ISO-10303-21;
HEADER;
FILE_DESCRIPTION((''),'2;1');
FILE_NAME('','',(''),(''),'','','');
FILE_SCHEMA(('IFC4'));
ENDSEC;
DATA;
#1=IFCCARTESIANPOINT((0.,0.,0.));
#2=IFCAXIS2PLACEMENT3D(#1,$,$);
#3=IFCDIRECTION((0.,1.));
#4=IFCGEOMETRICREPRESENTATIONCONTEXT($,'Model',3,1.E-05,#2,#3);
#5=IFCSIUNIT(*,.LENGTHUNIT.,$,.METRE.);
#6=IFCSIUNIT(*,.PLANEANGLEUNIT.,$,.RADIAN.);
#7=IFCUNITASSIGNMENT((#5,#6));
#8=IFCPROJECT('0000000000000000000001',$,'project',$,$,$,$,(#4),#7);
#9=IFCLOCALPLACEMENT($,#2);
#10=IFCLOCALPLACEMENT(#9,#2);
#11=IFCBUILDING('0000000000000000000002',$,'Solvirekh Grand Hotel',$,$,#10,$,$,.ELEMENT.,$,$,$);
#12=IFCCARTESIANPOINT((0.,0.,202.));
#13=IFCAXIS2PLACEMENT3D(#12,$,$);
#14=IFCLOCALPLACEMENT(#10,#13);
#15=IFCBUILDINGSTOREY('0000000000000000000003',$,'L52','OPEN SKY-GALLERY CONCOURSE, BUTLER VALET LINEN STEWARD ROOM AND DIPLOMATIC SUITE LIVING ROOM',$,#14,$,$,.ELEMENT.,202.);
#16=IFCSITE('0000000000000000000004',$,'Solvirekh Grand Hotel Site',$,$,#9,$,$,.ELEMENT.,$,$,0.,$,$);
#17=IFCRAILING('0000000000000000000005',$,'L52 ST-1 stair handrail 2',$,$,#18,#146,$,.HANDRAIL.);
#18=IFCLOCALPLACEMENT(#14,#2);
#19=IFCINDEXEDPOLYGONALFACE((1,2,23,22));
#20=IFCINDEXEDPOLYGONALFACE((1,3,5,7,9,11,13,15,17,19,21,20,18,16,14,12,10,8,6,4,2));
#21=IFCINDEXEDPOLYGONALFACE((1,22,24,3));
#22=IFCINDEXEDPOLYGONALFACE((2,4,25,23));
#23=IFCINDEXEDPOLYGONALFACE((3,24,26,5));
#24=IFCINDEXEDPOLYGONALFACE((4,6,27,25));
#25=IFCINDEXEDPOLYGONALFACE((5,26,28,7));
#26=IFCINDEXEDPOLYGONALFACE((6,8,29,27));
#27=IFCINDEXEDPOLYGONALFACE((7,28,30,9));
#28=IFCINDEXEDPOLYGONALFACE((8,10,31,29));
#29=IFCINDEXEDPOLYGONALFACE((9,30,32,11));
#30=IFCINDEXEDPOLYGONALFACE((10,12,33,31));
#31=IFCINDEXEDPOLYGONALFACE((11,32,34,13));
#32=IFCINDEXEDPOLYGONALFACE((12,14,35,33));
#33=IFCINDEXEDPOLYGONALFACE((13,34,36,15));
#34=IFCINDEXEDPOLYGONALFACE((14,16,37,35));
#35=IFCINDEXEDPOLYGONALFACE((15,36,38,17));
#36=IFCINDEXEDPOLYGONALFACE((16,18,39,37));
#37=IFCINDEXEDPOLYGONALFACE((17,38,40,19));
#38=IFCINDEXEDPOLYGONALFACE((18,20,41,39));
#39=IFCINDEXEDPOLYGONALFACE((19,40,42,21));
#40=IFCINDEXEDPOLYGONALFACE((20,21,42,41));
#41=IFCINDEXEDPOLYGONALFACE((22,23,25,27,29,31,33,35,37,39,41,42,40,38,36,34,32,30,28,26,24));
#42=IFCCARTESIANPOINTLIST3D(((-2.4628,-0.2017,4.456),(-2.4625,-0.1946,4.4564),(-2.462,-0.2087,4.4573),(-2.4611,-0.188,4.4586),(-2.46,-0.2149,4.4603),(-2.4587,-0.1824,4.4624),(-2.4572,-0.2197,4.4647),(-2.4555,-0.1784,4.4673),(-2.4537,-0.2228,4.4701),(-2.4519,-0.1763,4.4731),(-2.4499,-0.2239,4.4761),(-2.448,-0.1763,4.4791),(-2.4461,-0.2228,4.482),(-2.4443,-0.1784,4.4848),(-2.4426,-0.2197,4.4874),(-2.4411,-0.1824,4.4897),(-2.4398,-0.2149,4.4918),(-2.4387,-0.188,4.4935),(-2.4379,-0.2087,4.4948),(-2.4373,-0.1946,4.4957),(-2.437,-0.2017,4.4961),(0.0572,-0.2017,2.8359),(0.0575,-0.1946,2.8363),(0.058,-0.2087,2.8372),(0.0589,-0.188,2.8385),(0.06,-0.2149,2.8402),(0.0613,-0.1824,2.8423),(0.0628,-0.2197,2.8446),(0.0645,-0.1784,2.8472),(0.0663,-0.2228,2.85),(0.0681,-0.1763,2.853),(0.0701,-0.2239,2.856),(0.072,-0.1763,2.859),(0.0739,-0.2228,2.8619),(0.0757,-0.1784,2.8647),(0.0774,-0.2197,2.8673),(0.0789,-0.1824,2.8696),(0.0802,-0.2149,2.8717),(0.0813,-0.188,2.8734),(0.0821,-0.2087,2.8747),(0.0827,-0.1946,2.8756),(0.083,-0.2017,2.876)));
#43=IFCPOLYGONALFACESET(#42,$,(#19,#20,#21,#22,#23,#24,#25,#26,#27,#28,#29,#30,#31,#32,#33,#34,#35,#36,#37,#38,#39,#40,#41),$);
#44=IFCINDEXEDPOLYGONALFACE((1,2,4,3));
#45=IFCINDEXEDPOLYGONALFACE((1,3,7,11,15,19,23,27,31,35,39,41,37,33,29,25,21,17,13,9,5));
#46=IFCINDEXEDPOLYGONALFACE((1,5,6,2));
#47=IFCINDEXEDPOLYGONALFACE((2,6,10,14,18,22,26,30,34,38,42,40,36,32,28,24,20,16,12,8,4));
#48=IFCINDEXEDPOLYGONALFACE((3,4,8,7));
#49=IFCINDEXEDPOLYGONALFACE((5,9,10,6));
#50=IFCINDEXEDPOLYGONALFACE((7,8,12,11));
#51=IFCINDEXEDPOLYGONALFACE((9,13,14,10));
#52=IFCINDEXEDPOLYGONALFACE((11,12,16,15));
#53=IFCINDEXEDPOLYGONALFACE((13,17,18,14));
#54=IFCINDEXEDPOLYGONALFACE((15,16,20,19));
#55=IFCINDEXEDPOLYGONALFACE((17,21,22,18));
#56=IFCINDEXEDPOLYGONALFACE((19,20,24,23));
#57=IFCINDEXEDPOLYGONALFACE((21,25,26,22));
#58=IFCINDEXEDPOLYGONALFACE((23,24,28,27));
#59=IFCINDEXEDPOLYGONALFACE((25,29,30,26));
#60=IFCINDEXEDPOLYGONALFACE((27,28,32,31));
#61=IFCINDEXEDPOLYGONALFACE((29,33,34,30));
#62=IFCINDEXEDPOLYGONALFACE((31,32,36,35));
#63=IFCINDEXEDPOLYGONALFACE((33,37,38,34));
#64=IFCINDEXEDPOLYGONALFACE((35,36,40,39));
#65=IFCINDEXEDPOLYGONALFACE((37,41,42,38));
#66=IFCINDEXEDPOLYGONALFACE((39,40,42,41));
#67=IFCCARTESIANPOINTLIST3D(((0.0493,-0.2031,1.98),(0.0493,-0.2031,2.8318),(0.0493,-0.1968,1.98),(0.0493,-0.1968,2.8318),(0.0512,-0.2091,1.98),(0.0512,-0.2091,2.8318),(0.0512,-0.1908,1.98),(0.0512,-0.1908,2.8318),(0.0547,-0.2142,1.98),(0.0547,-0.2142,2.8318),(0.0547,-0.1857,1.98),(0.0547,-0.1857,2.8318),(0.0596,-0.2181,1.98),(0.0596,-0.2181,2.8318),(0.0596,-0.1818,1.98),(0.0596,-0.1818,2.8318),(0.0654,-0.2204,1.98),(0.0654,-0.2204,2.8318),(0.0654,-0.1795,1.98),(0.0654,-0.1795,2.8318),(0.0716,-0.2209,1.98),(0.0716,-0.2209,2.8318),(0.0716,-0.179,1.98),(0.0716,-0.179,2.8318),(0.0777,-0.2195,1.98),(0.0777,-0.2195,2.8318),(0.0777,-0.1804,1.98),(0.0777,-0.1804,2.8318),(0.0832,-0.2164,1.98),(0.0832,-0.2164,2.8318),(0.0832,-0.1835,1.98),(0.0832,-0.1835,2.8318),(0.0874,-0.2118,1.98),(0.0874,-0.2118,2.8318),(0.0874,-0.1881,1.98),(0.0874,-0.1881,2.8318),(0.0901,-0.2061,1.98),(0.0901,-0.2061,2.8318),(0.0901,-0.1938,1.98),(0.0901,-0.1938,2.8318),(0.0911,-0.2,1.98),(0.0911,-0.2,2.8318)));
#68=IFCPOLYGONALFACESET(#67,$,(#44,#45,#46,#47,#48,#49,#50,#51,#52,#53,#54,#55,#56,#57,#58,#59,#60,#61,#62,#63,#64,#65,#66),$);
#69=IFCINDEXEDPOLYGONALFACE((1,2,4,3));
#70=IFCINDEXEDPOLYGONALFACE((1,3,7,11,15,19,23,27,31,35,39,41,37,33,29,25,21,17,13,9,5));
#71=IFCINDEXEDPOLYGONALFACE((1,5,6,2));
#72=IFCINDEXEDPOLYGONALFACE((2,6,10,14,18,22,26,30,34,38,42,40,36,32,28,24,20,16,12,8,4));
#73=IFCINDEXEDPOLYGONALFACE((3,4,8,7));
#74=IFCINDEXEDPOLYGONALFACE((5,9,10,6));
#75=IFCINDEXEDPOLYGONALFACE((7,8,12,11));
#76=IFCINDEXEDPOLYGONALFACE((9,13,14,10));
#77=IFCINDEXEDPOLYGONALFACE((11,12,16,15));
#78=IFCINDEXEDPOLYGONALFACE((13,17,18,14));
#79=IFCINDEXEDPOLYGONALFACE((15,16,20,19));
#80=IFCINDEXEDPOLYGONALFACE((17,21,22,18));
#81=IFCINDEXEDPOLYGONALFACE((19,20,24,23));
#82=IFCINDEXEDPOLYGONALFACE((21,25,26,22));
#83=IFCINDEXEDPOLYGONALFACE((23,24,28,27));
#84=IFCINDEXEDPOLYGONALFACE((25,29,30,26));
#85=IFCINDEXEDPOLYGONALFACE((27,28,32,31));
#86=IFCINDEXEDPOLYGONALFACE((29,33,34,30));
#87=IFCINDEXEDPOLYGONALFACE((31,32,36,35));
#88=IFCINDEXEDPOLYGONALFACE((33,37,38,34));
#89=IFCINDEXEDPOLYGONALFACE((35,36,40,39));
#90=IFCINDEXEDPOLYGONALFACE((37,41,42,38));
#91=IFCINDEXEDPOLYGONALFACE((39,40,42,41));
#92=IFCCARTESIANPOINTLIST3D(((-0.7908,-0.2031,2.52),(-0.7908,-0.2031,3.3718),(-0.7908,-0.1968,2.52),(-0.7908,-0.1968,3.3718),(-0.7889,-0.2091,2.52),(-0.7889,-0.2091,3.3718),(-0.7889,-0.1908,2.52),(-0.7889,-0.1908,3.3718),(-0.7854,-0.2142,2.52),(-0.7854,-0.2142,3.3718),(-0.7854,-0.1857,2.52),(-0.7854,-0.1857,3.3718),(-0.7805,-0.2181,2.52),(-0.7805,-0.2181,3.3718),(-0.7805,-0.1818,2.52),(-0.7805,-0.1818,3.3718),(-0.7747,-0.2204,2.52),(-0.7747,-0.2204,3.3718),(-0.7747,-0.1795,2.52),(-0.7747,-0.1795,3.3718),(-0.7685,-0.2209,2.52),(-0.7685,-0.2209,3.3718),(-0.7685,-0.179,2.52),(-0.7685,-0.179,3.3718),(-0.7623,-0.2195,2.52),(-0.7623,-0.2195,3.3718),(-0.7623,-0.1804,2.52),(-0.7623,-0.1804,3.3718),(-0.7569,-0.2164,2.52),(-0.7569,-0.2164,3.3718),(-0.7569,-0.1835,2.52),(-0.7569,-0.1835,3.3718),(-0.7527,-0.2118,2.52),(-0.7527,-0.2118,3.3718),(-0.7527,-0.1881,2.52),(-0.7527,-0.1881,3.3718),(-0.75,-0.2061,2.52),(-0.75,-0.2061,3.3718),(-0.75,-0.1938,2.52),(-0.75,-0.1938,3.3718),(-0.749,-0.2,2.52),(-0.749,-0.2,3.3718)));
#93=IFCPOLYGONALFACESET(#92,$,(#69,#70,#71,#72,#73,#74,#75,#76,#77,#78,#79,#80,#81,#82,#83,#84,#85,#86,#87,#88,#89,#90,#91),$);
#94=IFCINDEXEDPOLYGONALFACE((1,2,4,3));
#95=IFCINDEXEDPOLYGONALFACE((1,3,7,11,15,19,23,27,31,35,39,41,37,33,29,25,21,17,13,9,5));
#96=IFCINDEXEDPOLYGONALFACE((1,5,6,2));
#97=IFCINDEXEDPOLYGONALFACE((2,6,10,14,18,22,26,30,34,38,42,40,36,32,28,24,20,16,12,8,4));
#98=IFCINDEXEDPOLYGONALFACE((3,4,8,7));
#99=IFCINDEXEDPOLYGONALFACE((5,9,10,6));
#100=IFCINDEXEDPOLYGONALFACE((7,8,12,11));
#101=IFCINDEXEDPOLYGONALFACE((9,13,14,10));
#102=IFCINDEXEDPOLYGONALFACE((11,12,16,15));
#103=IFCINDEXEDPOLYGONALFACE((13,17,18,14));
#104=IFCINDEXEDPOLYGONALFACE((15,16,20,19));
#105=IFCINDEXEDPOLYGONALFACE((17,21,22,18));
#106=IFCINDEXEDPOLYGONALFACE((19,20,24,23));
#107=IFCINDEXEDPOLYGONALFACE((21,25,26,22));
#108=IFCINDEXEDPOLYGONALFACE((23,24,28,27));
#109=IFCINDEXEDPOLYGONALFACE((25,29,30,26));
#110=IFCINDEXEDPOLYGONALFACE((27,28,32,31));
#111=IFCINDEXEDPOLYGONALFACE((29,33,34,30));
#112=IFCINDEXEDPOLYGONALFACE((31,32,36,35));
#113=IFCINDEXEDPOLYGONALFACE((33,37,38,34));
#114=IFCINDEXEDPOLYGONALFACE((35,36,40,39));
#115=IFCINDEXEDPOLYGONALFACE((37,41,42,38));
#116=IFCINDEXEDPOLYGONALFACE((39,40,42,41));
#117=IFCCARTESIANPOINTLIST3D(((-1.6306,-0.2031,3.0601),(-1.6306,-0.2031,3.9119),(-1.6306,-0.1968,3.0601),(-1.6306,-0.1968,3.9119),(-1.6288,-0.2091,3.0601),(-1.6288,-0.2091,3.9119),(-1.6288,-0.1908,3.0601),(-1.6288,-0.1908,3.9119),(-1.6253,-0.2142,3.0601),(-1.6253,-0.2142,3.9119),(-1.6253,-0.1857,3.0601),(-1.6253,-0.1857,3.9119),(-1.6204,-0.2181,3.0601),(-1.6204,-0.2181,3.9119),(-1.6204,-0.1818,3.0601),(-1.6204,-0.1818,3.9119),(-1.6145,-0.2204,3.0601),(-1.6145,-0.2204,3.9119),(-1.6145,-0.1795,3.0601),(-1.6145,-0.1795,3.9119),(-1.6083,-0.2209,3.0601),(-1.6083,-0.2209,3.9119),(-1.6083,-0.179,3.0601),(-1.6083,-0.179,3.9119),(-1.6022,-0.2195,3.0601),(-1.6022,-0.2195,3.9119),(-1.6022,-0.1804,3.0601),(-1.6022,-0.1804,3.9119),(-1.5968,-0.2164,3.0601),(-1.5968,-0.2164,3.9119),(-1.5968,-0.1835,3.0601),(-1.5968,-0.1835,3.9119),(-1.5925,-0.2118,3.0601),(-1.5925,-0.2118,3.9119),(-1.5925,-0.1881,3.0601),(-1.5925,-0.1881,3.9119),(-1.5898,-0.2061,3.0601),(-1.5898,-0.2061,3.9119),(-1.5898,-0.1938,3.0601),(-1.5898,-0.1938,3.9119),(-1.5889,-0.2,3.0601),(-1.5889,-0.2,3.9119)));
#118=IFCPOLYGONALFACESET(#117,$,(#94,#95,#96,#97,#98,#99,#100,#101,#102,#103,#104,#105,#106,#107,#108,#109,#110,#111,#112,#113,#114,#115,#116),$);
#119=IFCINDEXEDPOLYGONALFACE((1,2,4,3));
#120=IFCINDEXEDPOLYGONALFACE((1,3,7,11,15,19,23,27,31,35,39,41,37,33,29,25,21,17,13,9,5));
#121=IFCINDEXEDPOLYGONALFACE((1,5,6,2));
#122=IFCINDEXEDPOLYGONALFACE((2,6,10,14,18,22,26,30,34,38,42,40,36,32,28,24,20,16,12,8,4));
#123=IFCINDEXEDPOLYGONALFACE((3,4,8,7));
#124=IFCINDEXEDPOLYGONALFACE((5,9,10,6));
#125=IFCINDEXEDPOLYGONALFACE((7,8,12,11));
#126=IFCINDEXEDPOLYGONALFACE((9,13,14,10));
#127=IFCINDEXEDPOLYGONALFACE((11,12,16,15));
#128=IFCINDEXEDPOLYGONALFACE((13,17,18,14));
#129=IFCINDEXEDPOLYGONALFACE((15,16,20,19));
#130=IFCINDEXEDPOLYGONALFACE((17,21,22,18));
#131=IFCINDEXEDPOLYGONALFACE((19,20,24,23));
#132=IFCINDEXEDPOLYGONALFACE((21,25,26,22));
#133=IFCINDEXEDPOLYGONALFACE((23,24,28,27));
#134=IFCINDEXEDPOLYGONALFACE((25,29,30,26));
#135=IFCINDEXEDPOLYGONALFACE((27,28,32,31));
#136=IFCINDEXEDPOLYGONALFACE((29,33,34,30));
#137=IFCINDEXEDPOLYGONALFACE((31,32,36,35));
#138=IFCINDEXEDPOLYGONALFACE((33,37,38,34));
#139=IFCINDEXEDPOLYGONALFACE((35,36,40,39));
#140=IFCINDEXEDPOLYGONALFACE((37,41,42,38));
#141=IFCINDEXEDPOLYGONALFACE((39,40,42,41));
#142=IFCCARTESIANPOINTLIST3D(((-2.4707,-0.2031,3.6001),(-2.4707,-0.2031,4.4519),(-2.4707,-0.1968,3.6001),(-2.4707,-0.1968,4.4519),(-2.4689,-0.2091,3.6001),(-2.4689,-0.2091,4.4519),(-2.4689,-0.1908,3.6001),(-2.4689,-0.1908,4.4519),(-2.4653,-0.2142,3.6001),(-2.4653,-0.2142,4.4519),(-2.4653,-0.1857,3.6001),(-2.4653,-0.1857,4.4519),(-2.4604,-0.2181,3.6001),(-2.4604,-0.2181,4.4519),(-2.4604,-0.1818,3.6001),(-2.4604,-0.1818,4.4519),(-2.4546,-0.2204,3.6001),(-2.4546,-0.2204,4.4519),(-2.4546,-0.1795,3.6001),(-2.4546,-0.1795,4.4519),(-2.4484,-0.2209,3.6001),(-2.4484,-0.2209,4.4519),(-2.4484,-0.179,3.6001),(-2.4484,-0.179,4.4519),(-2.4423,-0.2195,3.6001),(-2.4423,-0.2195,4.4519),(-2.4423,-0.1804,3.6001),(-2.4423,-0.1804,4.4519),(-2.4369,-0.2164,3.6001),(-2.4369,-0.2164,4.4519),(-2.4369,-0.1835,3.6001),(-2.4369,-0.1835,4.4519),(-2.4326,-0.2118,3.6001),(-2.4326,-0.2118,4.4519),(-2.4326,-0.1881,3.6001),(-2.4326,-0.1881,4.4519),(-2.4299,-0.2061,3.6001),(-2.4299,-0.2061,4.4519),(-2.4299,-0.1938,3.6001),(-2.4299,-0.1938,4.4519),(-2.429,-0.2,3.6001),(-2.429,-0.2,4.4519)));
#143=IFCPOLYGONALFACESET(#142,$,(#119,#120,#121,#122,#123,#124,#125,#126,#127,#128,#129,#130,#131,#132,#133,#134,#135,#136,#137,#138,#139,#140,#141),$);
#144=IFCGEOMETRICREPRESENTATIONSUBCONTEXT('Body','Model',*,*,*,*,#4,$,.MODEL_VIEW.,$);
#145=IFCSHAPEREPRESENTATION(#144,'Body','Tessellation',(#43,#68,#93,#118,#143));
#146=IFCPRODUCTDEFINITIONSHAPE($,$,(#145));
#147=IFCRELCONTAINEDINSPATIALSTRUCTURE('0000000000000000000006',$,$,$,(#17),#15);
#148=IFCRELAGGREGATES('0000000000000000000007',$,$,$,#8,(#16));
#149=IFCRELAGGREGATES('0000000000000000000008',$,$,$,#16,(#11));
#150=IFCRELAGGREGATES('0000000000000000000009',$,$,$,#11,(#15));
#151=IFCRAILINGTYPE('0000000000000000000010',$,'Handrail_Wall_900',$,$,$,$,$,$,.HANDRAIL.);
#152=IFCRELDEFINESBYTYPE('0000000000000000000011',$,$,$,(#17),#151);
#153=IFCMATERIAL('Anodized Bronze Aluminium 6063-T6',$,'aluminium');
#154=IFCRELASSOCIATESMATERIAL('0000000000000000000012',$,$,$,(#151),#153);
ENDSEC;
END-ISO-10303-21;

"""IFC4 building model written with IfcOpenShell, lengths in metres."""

from ifc_helpers import new_model, si_unit, direction, frame, origin, origin_2d, place, context, subcontext, project, spatial, circle, extrude, material, type_object, element, save


model = new_model("IFC4")

# Units and contexts
model_context = context("Model", 3, precision=1e-05, world=origin(), true_north=direction((0.0, 1.0)))
body_context = subcontext(model_context, "Body", "Model", "MODEL_VIEW")
ifc_project = project(units=[si_unit("LENGTHUNIT", "METRE"), si_unit("PLANEANGLEUNIT", "RADIAN")], contexts=[model_context])

# Site, building, storey
site_placement = place(None, origin())
site = spatial("IfcSite", under=ifc_project, at=site_placement, Name="Solvirekh Grand Hotel Site", CompositionType="ELEMENT", RefElevation=0.0)
building_placement = place(site_placement, origin())
building = spatial("IfcBuilding", under=site, at=building_placement, Name="Solvirekh Grand Hotel", CompositionType="ELEMENT")
storey_placement = place(building_placement, frame((0.0, 0.0, 202.0)))
storey = spatial("IfcBuildingStorey", under=building, at=storey_placement, Name="L52", Description="OPEN SKY-GALLERY CONCOURSE, BUTLER VALET LINEN STEWARD ROOM AND DIPLOMATIC SUITE LIVING ROOM", CompositionType="ELEMENT", Elevation=202.0)

# Shared definitions
ifc_material_1 = material(Name="Anodized Bronze Aluminium 6063-T6", Category="aluminium")

# Railing
railing_type_1 = type_object("IfcRailingType", Name="Handrail_Wall_900", PredefinedType="HANDRAIL", material=ifc_material_1)
railing_1_placement = place(storey_placement, frame((0.0701, -0.2, 1.98)))
element("IfcRailing", 1, at=railing_1_placement, inside=storey, type_object=railing_type_1, Name="L52 ST-1 stair handrail 2", PredefinedType="HANDRAIL", context=body_context, shape_type="SweptSolid", body=[
    extrude(circle(Radius=0.0239, at=origin_2d()), frame((0.0, 0.0, 0.876), z_axis=(-0.841163, 0.0, 0.540782), x_axis=(0.0, -1.0, 0.0)), (0.0, 0.0, 1.0), 2.9958),
    extrude(circle(Radius=0.021, at=origin_2d()), origin(), (0.0, 0.0, 1.0), 0.8518),
    extrude(circle(Radius=0.021, at=origin_2d()), frame((-0.8401, 0.0, 0.54)), (0.0, 0.0, 1.0), 0.8518),
    extrude(circle(Radius=0.021, at=origin_2d()), frame((-1.6799, 0.0, 1.0801)), (0.0, 0.0, 1.0), 0.8518),
    extrude(circle(Radius=0.021, at=origin_2d()), frame((-2.52, 0.0, 1.6201)), (0.0, 0.0, 1.0), 0.8518),
])

save(model, "model.ifc")
